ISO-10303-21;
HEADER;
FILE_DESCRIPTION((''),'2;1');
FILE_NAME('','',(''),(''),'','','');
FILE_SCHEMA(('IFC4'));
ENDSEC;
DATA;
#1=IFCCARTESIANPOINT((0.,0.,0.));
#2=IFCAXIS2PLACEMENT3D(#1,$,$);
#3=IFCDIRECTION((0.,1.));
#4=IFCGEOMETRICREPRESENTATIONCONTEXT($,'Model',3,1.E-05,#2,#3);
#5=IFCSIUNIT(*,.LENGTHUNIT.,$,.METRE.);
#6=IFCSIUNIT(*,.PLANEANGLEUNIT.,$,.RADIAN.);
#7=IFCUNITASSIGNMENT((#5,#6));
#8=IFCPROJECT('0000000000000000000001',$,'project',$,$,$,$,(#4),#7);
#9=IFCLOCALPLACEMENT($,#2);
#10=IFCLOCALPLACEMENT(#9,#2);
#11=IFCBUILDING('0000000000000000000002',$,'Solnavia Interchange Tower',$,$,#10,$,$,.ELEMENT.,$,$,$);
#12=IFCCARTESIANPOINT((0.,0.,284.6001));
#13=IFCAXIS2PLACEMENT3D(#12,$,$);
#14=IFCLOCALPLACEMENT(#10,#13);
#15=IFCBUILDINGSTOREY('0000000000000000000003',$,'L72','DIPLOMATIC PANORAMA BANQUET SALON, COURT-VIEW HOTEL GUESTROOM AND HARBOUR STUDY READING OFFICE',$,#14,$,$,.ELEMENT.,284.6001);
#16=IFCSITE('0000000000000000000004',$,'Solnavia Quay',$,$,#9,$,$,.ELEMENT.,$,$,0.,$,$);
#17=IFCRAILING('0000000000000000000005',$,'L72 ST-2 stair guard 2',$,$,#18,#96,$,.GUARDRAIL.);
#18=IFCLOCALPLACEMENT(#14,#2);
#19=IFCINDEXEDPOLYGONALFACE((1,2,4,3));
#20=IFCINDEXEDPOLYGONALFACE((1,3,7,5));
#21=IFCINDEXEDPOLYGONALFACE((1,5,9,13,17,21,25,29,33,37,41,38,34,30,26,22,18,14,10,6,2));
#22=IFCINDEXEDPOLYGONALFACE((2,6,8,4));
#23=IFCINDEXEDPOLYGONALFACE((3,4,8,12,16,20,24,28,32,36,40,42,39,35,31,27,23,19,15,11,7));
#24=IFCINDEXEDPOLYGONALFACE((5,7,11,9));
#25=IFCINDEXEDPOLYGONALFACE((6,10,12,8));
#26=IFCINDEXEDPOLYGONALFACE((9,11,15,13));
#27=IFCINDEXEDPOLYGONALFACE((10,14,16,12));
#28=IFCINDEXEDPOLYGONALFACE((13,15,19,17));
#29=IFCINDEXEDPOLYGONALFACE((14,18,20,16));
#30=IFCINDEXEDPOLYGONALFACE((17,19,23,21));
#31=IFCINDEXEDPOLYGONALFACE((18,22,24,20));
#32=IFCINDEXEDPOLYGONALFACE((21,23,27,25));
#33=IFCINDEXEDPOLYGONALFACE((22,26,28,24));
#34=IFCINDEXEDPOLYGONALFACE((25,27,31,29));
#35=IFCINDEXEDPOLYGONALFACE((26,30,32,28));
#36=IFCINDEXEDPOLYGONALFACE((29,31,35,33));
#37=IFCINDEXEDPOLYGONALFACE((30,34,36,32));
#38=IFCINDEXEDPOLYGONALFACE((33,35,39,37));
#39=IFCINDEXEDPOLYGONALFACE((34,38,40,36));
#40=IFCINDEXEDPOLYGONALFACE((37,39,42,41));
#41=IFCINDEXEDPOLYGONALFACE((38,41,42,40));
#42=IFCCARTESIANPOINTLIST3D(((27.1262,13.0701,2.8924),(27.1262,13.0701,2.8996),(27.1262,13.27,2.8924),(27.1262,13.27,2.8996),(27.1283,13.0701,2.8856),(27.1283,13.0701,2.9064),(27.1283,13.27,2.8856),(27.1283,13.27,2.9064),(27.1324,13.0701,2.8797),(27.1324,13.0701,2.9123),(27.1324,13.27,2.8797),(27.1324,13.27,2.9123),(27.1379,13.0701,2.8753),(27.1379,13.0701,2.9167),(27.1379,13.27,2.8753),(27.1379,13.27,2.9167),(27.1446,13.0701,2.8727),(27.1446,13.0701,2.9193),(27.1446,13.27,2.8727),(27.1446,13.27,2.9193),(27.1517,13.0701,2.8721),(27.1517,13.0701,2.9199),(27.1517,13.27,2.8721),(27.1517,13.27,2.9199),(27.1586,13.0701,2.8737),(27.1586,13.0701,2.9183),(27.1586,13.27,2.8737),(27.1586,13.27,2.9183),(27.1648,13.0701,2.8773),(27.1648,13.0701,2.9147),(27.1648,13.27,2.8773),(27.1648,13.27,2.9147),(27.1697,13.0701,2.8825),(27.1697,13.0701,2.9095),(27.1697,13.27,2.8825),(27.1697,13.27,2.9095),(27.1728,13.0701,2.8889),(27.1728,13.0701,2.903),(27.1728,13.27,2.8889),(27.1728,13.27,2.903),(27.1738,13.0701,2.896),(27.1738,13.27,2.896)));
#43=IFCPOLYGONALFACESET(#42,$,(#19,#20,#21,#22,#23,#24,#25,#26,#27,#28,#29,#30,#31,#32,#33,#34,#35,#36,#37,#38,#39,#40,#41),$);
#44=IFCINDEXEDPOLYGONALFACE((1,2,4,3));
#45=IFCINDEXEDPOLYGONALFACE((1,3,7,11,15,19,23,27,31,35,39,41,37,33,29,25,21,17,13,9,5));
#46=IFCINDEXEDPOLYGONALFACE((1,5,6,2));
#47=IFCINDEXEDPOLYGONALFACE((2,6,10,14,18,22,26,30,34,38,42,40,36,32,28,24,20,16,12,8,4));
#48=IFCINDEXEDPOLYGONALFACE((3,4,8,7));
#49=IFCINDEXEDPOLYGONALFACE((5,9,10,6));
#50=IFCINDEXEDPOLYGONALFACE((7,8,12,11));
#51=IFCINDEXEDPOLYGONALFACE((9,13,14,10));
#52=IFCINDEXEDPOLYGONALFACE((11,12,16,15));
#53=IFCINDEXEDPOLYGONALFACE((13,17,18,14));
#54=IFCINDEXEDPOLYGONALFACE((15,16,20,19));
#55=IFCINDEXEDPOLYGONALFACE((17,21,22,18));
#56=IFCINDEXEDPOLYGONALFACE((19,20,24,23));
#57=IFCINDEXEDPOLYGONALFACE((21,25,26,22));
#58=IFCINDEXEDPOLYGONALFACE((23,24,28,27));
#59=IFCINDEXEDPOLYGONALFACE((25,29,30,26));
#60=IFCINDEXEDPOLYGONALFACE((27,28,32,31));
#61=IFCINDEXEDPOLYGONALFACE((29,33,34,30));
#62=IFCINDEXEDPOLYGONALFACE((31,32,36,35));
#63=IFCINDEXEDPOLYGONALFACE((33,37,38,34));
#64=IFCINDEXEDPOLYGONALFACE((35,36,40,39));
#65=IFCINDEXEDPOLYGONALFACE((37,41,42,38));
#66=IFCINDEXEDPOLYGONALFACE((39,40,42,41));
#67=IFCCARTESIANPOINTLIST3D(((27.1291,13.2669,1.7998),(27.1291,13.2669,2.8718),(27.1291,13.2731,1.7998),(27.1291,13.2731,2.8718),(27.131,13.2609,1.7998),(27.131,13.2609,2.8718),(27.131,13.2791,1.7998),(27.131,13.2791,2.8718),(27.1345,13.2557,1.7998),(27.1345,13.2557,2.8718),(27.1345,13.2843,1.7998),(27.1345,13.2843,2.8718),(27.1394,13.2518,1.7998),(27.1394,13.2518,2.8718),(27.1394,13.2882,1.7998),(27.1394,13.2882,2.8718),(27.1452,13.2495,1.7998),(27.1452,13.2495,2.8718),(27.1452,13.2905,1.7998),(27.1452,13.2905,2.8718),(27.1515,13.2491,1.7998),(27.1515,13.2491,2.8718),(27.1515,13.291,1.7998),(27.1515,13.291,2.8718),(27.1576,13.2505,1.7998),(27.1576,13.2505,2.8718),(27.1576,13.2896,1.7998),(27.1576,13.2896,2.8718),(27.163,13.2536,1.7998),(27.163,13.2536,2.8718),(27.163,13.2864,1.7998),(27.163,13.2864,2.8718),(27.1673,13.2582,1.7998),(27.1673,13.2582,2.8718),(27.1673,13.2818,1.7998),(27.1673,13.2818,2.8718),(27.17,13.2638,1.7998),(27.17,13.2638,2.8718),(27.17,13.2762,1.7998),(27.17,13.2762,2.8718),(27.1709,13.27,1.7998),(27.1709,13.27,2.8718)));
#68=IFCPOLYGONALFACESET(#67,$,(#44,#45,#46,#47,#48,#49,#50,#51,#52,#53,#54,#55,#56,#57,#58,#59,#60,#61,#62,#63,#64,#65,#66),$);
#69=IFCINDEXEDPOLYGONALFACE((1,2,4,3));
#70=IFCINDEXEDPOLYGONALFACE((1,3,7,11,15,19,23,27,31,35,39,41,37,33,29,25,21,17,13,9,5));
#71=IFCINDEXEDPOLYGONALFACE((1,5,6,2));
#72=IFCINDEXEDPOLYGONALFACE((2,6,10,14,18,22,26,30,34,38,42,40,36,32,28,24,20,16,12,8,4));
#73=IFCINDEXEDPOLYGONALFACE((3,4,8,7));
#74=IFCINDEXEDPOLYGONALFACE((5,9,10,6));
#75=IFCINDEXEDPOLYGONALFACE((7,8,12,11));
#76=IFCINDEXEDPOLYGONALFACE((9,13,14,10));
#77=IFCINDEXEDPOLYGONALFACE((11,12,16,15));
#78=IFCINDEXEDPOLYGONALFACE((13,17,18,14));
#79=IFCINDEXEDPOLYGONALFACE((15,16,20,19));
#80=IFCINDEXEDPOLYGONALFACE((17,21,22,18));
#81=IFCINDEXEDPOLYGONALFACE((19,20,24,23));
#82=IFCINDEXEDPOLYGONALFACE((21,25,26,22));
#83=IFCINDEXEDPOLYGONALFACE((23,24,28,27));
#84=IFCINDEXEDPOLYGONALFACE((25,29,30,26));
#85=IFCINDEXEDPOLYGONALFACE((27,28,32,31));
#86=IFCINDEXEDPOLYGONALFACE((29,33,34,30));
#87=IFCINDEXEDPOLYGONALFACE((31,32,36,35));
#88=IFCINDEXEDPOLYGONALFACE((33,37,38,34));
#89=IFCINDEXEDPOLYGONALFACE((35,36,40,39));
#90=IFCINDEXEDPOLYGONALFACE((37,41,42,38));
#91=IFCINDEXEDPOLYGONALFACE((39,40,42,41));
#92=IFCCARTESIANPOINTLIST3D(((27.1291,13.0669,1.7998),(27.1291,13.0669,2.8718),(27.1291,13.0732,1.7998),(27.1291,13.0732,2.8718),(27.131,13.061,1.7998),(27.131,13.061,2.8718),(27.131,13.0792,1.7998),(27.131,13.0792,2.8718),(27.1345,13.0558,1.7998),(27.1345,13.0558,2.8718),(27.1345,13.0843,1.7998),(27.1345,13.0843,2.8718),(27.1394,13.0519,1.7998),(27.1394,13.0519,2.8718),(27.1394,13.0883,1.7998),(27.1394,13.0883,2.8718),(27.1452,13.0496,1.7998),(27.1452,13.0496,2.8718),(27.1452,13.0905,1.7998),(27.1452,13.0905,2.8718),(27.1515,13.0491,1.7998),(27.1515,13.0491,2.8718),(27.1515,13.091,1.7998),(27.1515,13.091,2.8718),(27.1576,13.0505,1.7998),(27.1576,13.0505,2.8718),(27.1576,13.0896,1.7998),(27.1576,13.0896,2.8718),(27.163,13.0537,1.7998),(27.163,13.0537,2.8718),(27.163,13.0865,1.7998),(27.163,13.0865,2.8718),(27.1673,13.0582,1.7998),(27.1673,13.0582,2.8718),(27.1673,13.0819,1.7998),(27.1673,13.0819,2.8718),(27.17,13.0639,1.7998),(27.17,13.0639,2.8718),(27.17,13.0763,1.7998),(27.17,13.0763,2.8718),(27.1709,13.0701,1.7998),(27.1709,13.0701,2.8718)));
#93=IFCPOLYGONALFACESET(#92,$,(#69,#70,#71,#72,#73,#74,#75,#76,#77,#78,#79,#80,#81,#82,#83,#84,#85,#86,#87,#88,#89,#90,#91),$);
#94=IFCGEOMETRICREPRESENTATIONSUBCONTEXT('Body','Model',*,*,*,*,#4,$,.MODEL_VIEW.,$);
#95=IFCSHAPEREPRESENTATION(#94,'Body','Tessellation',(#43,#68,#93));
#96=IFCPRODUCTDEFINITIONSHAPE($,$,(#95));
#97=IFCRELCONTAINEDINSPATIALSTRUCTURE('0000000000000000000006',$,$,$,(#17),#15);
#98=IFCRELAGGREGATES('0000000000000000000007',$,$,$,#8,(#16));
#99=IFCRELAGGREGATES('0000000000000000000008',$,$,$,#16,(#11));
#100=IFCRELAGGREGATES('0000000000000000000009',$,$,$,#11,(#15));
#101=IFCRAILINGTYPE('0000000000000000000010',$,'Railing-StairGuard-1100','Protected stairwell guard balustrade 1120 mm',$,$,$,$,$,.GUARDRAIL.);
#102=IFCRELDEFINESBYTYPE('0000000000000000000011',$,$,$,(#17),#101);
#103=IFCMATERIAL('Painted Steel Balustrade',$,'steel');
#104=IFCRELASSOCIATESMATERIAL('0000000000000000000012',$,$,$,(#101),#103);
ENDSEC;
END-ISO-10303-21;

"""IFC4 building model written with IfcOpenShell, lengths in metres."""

from ifc_helpers import new_model, si_unit, direction, frame, origin, origin_2d, place, context, subcontext, project, spatial, circle, extrude, material, type_object, element, save


model = new_model("IFC4")

# Units and contexts
model_context = context("Model", 3, precision=1e-05, world=origin(), true_north=direction((0.0, 1.0)))
body_context = subcontext(model_context, "Body", "Model", "MODEL_VIEW")
ifc_project = project(units=[si_unit("LENGTHUNIT", "METRE"), si_unit("PLANEANGLEUNIT", "RADIAN")], contexts=[model_context])

# Site, building, storey
site_placement = place(None, origin())
site = spatial("IfcSite", under=ifc_project, at=site_placement, Name="Solnavia Quay", CompositionType="ELEMENT", RefElevation=0.0)
building_placement = place(site_placement, origin())
building = spatial("IfcBuilding", under=site, at=building_placement, Name="Solnavia Interchange Tower", CompositionType="ELEMENT")
storey_placement = place(building_placement, frame((0.0, 0.0, 284.6001)))
storey = spatial("IfcBuildingStorey", under=building, at=storey_placement, Name="L72", Description="DIPLOMATIC PANORAMA BANQUET SALON, COURT-VIEW HOTEL GUESTROOM AND HARBOUR STUDY READING OFFICE", CompositionType="ELEMENT", Elevation=284.6001)

# Railing
ifc_material_1 = material(Name="Painted Steel Balustrade", Category="steel")
railing_type_1 = type_object("IfcRailingType", Name="Railing-StairGuard-1100", Description="Protected stairwell guard balustrade 1120 mm", PredefinedType="GUARDRAIL", material=ifc_material_1)
railing_1_placement = place(storey_placement, frame((27.1499, 13.27, 1.7998)))
element("IfcRailing", 1, at=railing_1_placement, inside=storey, type_object=railing_type_1, Name="L72 ST-2 stair guard 2", PredefinedType="GUARDRAIL", context=body_context, shape_type="SweptSolid", body=[
    extrude(circle(Radius=0.0239, at=origin_2d()), frame((0.0, 0.0, 1.0962), z_axis=(0.0, -1.0, 0.0), x_axis=(1.0, 0.0, 0.0)), (0.0, 0.0, 1.0), 0.2),
    extrude(circle(Radius=0.021, at=origin_2d()), origin(), (0.0, 0.0, 1.0), 1.072),
    extrude(circle(Radius=0.021, at=origin_2d()), frame((0.0, -0.2, 0.0)), (0.0, 0.0, 1.0), 1.072),
])

save(model, "model.ifc")
